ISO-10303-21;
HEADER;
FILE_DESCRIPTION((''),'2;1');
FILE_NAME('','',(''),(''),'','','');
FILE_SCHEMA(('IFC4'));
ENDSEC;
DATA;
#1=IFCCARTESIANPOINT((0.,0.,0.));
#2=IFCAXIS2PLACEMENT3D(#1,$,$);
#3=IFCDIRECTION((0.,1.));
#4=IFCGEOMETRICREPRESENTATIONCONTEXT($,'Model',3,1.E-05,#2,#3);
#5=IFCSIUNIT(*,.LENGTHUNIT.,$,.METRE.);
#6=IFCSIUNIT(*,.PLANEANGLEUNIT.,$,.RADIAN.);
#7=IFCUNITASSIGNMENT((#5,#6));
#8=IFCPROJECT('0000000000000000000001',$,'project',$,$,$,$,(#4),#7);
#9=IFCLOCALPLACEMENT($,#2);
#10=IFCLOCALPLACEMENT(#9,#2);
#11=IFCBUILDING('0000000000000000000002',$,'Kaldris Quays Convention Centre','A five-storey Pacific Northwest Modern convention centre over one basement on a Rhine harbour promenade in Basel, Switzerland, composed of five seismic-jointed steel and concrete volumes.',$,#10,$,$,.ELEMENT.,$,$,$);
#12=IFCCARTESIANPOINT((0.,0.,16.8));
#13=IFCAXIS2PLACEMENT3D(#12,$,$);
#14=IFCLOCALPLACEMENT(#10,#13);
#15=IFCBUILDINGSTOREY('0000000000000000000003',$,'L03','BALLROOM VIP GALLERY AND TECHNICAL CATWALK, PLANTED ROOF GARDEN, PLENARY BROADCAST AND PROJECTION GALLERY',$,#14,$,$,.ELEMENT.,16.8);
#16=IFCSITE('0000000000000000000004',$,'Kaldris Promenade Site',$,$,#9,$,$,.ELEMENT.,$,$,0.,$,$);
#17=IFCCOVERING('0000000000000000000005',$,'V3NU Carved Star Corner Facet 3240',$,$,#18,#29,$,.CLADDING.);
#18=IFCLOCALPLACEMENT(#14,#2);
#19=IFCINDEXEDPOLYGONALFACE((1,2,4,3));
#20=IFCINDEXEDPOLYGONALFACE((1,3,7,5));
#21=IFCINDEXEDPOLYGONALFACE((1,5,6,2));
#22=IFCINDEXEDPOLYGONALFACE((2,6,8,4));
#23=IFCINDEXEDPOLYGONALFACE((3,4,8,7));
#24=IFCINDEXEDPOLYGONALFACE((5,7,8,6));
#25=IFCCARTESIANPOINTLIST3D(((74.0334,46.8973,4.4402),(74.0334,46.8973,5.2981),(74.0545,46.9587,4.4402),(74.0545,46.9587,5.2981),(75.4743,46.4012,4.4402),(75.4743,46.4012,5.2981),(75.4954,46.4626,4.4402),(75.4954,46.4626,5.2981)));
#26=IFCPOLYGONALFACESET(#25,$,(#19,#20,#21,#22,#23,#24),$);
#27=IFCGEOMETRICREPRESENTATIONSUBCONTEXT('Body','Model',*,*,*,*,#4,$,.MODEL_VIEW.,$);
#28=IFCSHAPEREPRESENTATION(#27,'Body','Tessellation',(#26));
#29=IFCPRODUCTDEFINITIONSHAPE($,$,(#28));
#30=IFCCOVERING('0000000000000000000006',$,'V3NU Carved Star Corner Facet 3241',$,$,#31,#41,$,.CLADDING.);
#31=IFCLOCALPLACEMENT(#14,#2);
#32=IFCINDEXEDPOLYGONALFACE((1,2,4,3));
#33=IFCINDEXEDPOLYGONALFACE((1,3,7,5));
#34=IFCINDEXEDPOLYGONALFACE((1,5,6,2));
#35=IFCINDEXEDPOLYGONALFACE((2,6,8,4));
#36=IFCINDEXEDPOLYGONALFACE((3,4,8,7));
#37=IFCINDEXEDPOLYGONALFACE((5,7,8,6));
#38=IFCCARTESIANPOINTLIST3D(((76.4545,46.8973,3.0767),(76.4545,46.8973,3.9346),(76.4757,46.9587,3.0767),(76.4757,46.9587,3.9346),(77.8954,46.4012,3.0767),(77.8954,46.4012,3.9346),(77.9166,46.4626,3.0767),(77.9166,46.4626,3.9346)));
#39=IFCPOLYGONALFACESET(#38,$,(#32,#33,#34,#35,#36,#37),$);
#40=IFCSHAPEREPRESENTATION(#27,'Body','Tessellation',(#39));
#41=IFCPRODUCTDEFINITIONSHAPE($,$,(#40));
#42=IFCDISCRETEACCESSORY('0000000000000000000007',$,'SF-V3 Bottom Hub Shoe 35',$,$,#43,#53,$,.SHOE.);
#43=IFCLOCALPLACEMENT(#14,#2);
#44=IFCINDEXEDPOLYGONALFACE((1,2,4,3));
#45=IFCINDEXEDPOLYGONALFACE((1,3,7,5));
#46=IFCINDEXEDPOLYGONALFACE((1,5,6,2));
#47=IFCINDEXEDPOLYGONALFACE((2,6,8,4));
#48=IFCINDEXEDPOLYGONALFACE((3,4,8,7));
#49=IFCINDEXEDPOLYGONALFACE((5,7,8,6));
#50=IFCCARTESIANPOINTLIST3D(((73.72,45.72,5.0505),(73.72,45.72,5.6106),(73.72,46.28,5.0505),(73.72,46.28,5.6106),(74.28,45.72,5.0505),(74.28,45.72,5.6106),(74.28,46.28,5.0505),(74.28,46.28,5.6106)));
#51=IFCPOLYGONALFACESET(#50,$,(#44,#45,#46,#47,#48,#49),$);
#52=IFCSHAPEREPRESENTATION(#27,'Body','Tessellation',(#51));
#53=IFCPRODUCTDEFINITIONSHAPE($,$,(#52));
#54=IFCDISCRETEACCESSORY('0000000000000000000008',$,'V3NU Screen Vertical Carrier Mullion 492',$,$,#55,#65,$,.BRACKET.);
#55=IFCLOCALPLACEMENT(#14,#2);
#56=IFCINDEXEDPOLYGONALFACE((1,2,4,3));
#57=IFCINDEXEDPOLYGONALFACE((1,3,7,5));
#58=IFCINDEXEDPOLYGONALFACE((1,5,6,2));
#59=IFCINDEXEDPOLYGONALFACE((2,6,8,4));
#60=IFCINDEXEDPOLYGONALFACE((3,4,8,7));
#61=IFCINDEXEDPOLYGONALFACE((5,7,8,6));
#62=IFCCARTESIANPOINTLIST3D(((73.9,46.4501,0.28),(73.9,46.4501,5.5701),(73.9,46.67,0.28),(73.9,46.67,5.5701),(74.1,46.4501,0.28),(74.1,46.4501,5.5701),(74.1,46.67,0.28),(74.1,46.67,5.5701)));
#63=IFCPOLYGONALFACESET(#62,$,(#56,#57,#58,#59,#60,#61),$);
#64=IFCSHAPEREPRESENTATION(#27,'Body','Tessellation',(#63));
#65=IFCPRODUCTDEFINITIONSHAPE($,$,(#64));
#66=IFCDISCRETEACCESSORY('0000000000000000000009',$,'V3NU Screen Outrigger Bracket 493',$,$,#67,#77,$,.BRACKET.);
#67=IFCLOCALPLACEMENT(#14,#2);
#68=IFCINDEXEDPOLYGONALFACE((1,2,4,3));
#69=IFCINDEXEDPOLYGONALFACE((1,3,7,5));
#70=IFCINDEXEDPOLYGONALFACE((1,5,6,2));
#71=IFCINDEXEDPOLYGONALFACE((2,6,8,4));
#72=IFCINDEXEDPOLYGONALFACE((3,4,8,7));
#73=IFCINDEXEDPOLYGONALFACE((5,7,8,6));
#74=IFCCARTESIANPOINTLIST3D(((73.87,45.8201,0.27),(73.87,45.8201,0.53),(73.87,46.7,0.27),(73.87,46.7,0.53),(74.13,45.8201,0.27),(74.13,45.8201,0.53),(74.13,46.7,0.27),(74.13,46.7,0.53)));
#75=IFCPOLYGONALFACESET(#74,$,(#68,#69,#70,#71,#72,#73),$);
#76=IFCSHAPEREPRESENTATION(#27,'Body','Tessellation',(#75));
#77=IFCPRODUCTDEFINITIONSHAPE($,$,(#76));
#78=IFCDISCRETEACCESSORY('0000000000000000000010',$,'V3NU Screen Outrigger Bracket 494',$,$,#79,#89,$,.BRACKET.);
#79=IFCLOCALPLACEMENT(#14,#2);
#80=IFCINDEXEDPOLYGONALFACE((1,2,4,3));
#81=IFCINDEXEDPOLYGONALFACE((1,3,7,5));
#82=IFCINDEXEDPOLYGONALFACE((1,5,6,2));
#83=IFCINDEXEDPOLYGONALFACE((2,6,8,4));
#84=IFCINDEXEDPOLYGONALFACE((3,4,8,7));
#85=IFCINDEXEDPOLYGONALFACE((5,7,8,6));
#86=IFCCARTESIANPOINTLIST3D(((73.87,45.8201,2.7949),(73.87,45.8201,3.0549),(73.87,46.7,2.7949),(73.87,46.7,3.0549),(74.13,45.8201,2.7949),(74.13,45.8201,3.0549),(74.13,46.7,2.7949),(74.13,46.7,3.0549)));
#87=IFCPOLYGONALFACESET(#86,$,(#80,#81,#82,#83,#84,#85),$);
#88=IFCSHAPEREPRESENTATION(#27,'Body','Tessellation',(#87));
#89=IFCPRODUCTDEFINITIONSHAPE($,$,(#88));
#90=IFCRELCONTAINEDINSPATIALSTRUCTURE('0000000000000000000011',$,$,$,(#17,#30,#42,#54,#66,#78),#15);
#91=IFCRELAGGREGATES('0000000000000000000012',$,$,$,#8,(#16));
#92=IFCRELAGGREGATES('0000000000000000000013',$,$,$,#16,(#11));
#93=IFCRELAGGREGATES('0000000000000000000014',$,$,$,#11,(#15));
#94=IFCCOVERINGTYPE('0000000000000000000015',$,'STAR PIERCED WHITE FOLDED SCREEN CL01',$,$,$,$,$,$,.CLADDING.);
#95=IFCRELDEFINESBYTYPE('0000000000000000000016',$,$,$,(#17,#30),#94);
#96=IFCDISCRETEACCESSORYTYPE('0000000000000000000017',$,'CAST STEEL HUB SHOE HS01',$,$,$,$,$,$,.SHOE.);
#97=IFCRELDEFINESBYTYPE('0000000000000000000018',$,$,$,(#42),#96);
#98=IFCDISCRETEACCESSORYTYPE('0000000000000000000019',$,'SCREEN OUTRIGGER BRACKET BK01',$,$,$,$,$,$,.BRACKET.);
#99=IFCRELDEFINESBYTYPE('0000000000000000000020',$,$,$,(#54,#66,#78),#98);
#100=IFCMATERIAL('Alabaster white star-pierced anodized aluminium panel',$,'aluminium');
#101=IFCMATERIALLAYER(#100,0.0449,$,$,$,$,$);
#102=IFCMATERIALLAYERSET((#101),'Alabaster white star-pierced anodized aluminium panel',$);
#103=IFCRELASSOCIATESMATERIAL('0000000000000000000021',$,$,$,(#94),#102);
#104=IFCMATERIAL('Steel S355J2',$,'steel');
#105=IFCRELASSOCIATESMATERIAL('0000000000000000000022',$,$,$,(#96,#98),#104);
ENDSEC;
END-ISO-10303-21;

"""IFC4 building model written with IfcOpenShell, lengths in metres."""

from ifc_helpers import new_model, si_unit, direction, frame, origin, origin_2d, place, context, subcontext, project, spatial, rectangle, extrude, material, layer, layer_set, type_object, element, save


model = new_model("IFC4")

# Units and contexts
model_context = context("Model", 3, precision=1e-05, world=origin(), true_north=direction((0.0, 1.0)))
body_context = subcontext(model_context, "Body", "Model", "MODEL_VIEW")
ifc_project = project(units=[si_unit("LENGTHUNIT", "METRE"), si_unit("PLANEANGLEUNIT", "RADIAN")], contexts=[model_context])

# Site, building, storey
site_placement = place(None, origin())
site = spatial("IfcSite", under=ifc_project, at=site_placement, Name="Kaldris Promenade Site", CompositionType="ELEMENT", RefElevation=0.0)
building_placement = place(site_placement, origin())
building = spatial("IfcBuilding", under=site, at=building_placement, Name="Kaldris Quays Convention Centre", Description="A five-storey Pacific Northwest Modern convention centre over one basement on a Rhine harbour promenade in Basel, Switzerland, composed of five seismic-jointed steel and concrete volumes.", CompositionType="ELEMENT")
storey_placement = place(building_placement, frame((0.0, 0.0, 16.8)))
storey = spatial("IfcBuildingStorey", under=building, at=storey_placement, Name="L03", Description="BALLROOM VIP GALLERY AND TECHNICAL CATWALK, PLANTED ROOF GARDEN, PLENARY BROADCAST AND PROJECTION GALLERY", CompositionType="ELEMENT", Elevation=16.8)

# Shared definitions
ifc_material_1 = material(Name="Steel S355J2", Category="steel")

# Coverings
ifc_material_2 = material(Name="Alabaster white star-pierced anodized aluminium panel", Category="aluminium")
ifc_layer_1 = layer(ifc_material_2, 0.0449)
ifc_layer_set_1 = layer_set([ifc_layer_1], Name="Alabaster white star-pierced anodized aluminium panel")
covering_type = type_object("IfcCoveringType", Name="STAR PIERCED WHITE FOLDED SCREEN CL01", PredefinedType="CLADDING", material=ifc_layer_set_1)
for number, where, z_axis, x_axis, name in (
    (1, (74.7644, 46.6799, 4.4402), (0.0, 0.0, 1.0), (0.945519, -0.325568, 0.0), "V3NU Carved Star Corner Facet 3240"),
    (2, (77.1855, 46.6799, 3.0767), (0.0, 0.0, 1.0), (0.945519, -0.325568, 0.0), "V3NU Carved Star Corner Facet 3241"),
):
    element("IfcCovering", number, at=place(storey_placement, frame(where, z_axis=z_axis, x_axis=x_axis)), inside=storey, type_object=covering_type, Name=name, PredefinedType="CLADDING", context=body_context, shape_type="SweptSolid", body=[
        extrude(rectangle(XDim=1.5239, YDim=0.0649, at=origin_2d()), origin(), (0.0, 0.0, 1.0), 0.8579),
    ])

# Discrete accessories
discrete_accessory_type_1 = type_object("IfcDiscreteAccessoryType", Name="CAST STEEL HUB SHOE HS01", PredefinedType="SHOE", material=ifc_material_1)
discrete_accessory_1_placement = place(storey_placement, frame((74.0, 46.0, 5.0505), z_axis=(0.0, 0.0, 1.0), x_axis=(1.0, 0.0, 0.0)))
element("IfcDiscreteAccessory", 3, at=discrete_accessory_1_placement, inside=storey, type_object=discrete_accessory_type_1, Name="SF-V3 Bottom Hub Shoe 35", PredefinedType="SHOE", context=body_context, shape_type="SweptSolid", body=[
    extrude(rectangle(XDim=0.5601, YDim=0.5601, at=origin_2d()), origin(), (0.0, 0.0, 1.0), 0.5601),
])
discrete_accessory_type_2 = type_object("IfcDiscreteAccessoryType", Name="SCREEN OUTRIGGER BRACKET BK01", PredefinedType="BRACKET", material=ifc_material_1)
discrete_accessory_2_placement = place(storey_placement, frame((74.0, 46.5601, 0.28), z_axis=(0.0, 0.0, 1.0), x_axis=(1.0, 0.0, 0.0)))
element("IfcDiscreteAccessory", 4, at=discrete_accessory_2_placement, inside=storey, type_object=discrete_accessory_type_2, Name="V3NU Screen Vertical Carrier Mullion 492", PredefinedType="BRACKET", context=body_context, shape_type="SweptSolid", body=[
    extrude(rectangle(XDim=0.2, YDim=0.22, at=origin_2d()), origin(), (0.0, 0.0, 1.0), 5.29),
])
for number, where, z_axis, x_axis, name in (
    (5, (74.0, 46.26, 0.27), (0.0, 0.0, 1.0), (1.0, 0.0, 0.0), "V3NU Screen Outrigger Bracket 493"),
    (6, (74.0, 46.26, 2.7949), (0.0, 0.0, 1.0), (1.0, 0.0, 0.0), "V3NU Screen Outrigger Bracket 494"),
):
    element("IfcDiscreteAccessory", number, at=place(storey_placement, frame(where, z_axis=z_axis, x_axis=x_axis)), inside=storey, type_object=discrete_accessory_type_2, Name=name, PredefinedType="BRACKET", context=body_context, shape_type="SweptSolid", body=[
        extrude(rectangle(XDim=0.26, YDim=0.8799, at=origin_2d()), origin(), (0.0, 0.0, 1.0), 0.26),
    ])

save(model, "model.ifc")
